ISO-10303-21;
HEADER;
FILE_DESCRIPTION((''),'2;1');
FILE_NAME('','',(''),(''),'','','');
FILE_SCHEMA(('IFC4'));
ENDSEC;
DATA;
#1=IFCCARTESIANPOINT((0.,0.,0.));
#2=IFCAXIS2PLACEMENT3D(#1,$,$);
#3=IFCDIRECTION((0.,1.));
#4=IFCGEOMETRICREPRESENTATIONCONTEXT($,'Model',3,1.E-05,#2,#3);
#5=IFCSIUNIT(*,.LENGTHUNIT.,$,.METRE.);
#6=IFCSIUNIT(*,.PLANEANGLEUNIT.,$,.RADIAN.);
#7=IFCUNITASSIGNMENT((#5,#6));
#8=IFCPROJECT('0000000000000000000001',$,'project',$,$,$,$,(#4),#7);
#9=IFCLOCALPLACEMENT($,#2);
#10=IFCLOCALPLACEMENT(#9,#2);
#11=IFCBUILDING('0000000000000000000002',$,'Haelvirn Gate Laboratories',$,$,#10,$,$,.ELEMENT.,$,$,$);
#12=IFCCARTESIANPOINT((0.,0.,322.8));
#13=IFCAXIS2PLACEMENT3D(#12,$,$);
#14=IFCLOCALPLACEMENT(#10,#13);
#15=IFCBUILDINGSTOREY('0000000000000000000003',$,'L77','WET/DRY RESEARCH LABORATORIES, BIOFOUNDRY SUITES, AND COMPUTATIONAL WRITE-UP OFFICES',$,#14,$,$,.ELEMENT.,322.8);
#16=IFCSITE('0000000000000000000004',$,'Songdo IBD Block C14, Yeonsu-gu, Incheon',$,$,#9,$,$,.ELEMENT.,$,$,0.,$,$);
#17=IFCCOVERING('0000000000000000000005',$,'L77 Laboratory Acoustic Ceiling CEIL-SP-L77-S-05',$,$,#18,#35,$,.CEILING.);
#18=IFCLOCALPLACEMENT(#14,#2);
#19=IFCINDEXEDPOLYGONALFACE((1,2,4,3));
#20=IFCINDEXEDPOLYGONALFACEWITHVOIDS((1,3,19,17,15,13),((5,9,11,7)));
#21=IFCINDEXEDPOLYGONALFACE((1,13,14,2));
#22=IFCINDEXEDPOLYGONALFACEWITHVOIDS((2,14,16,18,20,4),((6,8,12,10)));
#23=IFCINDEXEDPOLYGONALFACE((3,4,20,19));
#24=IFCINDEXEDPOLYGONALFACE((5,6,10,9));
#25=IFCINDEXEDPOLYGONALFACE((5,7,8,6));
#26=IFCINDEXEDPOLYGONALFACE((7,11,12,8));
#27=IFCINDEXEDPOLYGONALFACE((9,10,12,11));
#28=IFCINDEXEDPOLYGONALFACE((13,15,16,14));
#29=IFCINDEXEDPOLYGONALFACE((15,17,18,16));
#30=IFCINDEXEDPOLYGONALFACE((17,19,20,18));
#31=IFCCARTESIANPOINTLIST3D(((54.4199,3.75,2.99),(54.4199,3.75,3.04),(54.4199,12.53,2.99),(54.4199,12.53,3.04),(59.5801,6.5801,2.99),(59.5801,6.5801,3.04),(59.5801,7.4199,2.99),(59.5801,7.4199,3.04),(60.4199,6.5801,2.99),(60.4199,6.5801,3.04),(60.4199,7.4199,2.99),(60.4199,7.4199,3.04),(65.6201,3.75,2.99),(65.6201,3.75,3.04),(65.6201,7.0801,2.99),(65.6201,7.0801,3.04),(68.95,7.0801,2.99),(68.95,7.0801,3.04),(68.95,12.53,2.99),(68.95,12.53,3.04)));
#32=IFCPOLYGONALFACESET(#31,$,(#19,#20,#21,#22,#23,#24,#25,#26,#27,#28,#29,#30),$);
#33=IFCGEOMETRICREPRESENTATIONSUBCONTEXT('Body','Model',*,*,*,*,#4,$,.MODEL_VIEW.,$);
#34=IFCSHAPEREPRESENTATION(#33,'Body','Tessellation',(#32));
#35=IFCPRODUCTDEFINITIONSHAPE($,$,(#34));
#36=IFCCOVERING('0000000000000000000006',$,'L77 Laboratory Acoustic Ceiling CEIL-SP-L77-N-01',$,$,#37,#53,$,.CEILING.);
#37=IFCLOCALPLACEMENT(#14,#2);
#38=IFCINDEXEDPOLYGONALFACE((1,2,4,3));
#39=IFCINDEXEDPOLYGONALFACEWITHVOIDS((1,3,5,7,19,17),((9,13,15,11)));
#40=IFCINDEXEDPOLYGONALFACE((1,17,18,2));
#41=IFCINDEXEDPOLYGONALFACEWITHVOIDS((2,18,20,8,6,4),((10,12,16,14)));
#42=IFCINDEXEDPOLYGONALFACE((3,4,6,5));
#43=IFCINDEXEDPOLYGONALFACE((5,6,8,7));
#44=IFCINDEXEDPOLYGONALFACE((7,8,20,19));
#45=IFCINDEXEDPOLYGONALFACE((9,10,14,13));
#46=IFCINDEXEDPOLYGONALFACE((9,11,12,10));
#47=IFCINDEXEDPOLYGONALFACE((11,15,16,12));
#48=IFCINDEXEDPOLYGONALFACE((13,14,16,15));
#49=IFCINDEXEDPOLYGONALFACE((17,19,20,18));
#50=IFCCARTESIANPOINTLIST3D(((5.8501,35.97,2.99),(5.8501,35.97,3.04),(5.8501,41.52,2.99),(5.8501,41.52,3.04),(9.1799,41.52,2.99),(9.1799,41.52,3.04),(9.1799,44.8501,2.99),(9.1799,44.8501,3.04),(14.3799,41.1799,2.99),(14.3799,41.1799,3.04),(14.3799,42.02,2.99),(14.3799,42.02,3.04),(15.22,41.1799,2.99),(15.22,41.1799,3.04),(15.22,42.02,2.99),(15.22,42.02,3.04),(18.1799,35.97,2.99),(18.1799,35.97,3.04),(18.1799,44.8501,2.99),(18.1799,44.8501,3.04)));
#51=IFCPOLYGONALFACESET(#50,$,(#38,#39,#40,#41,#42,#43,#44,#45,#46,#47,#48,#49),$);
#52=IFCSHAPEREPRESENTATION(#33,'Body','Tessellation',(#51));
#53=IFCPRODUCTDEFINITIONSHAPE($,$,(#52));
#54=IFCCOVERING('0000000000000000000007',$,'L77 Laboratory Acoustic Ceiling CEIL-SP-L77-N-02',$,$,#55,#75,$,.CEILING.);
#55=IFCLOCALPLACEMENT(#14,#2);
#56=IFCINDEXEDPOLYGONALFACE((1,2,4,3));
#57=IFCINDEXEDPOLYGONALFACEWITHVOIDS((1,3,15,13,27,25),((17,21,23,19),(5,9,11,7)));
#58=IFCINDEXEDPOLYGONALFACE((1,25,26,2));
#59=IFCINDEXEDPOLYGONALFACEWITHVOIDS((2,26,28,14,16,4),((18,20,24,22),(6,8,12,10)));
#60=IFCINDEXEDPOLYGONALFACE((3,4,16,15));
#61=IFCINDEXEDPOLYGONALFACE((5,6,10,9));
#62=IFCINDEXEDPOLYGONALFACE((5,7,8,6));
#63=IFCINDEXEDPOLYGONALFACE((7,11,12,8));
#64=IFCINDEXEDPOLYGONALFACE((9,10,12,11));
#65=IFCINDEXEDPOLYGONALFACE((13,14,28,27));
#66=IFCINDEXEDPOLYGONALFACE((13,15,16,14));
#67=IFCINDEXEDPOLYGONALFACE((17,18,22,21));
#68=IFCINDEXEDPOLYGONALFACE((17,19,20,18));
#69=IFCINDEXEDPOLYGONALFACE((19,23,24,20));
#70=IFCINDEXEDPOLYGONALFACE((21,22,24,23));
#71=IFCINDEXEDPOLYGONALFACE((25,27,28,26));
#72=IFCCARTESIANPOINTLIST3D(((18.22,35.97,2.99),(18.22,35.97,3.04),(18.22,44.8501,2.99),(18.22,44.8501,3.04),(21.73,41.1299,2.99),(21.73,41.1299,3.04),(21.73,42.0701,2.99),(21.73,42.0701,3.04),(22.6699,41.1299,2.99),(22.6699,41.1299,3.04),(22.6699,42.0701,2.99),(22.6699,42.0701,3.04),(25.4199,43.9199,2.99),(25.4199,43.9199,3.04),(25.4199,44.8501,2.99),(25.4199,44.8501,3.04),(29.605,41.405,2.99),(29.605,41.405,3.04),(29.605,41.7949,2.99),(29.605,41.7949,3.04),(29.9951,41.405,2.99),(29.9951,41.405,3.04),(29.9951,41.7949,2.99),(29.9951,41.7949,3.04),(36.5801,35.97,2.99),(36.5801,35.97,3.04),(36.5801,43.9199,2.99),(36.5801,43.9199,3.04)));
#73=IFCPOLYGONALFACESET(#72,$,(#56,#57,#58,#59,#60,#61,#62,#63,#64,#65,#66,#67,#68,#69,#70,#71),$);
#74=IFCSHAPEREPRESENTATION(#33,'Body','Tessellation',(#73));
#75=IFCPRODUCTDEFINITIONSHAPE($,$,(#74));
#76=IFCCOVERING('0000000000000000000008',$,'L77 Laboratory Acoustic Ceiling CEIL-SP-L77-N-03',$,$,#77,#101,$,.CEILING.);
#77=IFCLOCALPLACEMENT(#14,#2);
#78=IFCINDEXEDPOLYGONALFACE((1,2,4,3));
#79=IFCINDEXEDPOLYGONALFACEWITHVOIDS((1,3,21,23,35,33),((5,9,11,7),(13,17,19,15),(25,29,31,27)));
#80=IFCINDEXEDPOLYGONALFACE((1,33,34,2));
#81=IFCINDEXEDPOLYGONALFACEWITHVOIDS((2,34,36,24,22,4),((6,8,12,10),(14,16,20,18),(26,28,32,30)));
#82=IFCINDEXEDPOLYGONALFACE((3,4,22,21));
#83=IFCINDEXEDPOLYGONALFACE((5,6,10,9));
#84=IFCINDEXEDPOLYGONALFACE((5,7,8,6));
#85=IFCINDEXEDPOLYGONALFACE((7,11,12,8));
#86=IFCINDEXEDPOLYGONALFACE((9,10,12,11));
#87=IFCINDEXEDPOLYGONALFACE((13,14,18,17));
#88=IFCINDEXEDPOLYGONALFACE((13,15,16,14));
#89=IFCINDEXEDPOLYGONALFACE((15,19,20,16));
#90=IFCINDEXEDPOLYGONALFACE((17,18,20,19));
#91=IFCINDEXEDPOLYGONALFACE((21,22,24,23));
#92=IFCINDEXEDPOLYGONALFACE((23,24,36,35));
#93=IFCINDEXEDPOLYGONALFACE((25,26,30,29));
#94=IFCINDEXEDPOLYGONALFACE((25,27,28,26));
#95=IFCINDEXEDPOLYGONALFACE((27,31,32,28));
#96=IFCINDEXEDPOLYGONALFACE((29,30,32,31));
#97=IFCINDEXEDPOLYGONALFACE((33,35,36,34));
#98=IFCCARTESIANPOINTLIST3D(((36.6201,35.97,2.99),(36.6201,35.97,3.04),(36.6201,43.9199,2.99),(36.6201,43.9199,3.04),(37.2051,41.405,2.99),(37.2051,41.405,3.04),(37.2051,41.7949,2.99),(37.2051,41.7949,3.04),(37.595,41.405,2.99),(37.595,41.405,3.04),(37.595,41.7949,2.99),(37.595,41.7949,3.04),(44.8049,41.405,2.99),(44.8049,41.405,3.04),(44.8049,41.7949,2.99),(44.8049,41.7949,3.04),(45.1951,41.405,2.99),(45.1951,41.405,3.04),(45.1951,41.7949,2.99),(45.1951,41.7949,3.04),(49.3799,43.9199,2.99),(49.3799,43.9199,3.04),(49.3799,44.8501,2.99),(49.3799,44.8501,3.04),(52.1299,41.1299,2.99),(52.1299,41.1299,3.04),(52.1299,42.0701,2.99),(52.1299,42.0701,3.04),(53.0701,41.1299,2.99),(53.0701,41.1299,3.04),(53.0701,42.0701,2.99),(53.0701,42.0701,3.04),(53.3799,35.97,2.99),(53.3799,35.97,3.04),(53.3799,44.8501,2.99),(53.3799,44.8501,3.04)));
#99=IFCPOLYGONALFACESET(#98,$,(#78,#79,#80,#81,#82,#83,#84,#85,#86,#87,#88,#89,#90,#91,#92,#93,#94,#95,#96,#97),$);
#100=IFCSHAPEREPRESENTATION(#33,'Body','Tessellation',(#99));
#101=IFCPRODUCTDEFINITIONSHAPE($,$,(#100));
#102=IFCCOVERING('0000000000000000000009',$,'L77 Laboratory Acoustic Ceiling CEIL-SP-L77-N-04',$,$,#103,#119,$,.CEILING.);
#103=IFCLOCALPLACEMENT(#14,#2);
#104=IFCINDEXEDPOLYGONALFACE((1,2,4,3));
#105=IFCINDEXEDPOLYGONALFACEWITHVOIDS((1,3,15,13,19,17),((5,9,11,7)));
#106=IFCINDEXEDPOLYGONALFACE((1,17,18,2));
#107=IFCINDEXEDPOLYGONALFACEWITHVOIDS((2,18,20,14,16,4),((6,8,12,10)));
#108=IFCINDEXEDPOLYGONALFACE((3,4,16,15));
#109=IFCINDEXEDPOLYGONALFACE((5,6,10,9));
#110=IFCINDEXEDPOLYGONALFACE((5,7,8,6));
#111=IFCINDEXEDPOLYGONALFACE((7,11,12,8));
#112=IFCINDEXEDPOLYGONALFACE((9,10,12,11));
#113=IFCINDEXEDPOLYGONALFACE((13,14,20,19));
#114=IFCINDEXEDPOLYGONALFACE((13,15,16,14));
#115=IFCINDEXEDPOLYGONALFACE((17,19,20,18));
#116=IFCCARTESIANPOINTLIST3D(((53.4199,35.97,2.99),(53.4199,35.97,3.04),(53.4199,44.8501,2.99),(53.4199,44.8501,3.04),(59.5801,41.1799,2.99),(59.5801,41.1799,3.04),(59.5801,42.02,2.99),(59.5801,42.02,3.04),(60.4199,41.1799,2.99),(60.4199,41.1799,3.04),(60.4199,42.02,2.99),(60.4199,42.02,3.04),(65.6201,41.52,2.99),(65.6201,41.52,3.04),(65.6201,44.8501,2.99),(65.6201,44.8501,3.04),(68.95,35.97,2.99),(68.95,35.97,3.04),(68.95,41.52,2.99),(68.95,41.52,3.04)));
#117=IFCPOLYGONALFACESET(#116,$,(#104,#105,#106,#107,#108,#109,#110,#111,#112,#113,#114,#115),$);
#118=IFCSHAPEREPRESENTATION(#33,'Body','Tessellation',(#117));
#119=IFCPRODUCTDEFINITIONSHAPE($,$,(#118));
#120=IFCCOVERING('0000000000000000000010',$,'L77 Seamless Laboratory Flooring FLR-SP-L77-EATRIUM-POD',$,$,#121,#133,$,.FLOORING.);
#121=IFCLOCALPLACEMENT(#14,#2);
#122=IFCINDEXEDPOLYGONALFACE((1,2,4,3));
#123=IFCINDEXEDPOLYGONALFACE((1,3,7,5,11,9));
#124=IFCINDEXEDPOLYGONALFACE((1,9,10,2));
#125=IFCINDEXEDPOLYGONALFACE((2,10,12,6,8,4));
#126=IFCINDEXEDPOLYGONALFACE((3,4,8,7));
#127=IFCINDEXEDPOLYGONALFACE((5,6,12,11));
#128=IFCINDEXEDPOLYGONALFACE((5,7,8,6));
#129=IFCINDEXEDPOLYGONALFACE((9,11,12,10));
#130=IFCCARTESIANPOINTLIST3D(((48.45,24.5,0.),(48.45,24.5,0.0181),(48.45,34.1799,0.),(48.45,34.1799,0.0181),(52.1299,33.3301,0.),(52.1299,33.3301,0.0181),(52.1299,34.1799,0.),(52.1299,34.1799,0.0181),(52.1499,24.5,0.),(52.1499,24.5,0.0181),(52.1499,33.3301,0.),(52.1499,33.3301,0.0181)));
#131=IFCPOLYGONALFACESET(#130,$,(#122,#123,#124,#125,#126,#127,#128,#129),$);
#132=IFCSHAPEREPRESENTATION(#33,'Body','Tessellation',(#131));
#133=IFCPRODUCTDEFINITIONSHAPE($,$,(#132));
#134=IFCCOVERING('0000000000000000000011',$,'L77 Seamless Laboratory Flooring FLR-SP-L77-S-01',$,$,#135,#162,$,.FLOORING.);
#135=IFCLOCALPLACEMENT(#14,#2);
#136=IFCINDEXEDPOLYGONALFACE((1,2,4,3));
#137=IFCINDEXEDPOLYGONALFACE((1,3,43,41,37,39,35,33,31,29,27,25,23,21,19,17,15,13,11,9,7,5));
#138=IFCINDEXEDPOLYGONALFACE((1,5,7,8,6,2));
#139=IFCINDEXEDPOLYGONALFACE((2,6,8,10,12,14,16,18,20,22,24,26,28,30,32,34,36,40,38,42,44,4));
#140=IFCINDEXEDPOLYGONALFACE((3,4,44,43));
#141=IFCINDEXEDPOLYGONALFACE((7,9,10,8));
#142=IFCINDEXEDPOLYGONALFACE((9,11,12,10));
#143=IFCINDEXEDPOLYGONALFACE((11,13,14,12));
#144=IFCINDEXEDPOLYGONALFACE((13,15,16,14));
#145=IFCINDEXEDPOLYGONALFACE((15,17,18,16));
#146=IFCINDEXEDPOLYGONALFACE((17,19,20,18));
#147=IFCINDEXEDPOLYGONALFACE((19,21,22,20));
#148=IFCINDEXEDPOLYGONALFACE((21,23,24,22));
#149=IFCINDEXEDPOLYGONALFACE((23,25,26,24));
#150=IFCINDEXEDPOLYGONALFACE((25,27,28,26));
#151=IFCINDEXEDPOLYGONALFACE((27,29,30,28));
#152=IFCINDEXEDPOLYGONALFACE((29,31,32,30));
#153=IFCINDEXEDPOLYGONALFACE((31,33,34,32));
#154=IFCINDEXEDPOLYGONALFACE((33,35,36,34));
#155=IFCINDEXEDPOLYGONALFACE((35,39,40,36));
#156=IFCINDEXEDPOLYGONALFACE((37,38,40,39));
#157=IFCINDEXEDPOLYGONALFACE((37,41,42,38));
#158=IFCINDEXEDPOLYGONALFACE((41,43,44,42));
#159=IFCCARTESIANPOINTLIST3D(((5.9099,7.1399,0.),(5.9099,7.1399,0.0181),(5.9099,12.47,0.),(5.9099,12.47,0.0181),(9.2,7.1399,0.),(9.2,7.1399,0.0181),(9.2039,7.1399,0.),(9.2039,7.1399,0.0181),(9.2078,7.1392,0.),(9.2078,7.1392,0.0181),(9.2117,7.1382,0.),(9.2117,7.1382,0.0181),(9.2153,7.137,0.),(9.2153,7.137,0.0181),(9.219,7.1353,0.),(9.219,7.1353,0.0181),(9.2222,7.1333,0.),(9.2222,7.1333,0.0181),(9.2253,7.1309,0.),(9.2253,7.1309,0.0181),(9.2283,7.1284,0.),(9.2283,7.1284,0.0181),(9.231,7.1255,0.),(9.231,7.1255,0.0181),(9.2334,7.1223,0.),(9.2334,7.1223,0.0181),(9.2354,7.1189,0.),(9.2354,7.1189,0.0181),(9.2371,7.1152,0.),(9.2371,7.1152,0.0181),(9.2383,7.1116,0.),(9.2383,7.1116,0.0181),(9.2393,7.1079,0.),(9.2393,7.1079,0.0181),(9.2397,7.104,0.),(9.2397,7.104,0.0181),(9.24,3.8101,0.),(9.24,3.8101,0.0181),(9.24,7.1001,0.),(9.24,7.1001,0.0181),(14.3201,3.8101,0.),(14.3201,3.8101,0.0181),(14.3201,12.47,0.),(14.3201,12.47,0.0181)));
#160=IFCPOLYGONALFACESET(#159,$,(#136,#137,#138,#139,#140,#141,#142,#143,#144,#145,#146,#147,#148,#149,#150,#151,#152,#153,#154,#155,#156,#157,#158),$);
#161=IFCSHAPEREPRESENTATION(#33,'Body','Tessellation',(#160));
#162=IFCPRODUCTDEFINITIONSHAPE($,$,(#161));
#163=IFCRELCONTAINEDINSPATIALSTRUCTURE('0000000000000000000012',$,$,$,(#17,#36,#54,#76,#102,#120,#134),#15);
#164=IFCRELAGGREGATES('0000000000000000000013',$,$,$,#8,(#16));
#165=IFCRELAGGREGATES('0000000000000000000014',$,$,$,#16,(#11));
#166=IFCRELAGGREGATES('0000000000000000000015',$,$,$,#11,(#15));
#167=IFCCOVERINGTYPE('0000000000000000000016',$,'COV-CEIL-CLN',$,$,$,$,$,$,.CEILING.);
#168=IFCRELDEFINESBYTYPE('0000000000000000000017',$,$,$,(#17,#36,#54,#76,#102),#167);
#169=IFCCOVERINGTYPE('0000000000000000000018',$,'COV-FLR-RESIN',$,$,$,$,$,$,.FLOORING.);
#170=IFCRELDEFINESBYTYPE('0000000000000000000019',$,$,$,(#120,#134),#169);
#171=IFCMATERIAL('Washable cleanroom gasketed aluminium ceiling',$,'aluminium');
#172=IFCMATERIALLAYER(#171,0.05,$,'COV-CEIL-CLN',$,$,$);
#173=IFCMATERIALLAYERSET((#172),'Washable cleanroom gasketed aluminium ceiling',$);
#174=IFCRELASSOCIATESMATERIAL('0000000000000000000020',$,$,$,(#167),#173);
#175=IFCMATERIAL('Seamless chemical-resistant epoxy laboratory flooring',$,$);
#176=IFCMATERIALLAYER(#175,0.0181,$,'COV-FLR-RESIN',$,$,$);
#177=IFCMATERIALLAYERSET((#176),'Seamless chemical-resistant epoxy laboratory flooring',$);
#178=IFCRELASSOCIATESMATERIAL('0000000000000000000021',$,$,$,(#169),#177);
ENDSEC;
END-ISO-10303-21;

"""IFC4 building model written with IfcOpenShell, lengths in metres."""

from ifc_helpers import new_model, si_unit, direction, frame, origin, place, context, subcontext, project, spatial, polyline, outline, extrude, material, layer, layer_set, type_object, element, save


model = new_model("IFC4")

# Units and contexts
model_context = context("Model", 3, precision=1e-05, world=origin(), true_north=direction((0.0, 1.0)))
body_context = subcontext(model_context, "Body", "Model", "MODEL_VIEW")
ifc_project = project(units=[si_unit("LENGTHUNIT", "METRE"), si_unit("PLANEANGLEUNIT", "RADIAN")], contexts=[model_context])

# Site, building, storey
site_placement = place(None, origin())
site = spatial("IfcSite", under=ifc_project, at=site_placement, Name="Songdo IBD Block C14, Yeonsu-gu, Incheon", CompositionType="ELEMENT", RefElevation=0.0)
building_placement = place(site_placement, origin())
building = spatial("IfcBuilding", under=site, at=building_placement, Name="Haelvirn Gate Laboratories", CompositionType="ELEMENT")
storey_placement = place(building_placement, frame((0.0, 0.0, 322.8)))
storey = spatial("IfcBuildingStorey", under=building, at=storey_placement, Name="L77", Description="WET/DRY RESEARCH LABORATORIES, BIOFOUNDRY SUITES, AND COMPUTATIONAL WRITE-UP OFFICES", CompositionType="ELEMENT", Elevation=322.8)

# Coverings
ifc_material_1 = material(Name="Washable cleanroom gasketed aluminium ceiling", Category="aluminium")
ifc_layer_1 = layer(ifc_material_1, 0.05, Name="COV-CEIL-CLN")
ifc_layer_set_1 = layer_set([ifc_layer_1], Name="Washable cleanroom gasketed aluminium ceiling")
covering_type_1 = type_object("IfcCoveringType", Name="COV-CEIL-CLN", PredefinedType="CEILING", material=ifc_layer_set_1)
covering_1_placement = place(storey_placement, frame((0.0, 0.0, 2.99)))
element("IfcCovering", 1, at=covering_1_placement, inside=storey, type_object=covering_type_1, Name="L77 Laboratory Acoustic Ceiling CEIL-SP-L77-S-05", PredefinedType="CEILING", context=body_context, shape_type="SweptSolid", body=[
    extrude(outline(polyline([(65.6201, 3.75), (54.4199, 3.75), (54.4199, 12.53), (68.95, 12.53), (68.95, 7.0801), (65.6201, 7.0801), (65.6201, 3.75)]), holes=[polyline([(60.4199, 7.4199), (59.5801, 7.4199), (59.5801, 6.5801), (60.4199, 6.5801), (60.4199, 7.4199)])]), origin(), (0.0, 0.0, 1.0), 0.05),
])
covering_2_placement = place(storey_placement, frame((0.0, 0.0, 2.99)))
element("IfcCovering", 2, at=covering_2_placement, inside=storey, type_object=covering_type_1, Name="L77 Laboratory Acoustic Ceiling CEIL-SP-L77-N-01", PredefinedType="CEILING", context=body_context, shape_type="SweptSolid", body=[
    extrude(outline(polyline([(5.8501, 41.52), (9.1799, 41.52), (9.1799, 44.8501), (18.1799, 44.8501), (18.1799, 35.97), (5.8501, 35.97), (5.8501, 41.52)]), holes=[polyline([(15.22, 42.02), (14.3799, 42.02), (14.3799, 41.1799), (15.22, 41.1799), (15.22, 42.02)])]), origin(), (0.0, 0.0, 1.0), 0.05),
])
covering_3_placement = place(storey_placement, frame((0.0, 0.0, 2.99)))
element("IfcCovering", 3, at=covering_3_placement, inside=storey, type_object=covering_type_1, Name="L77 Laboratory Acoustic Ceiling CEIL-SP-L77-N-02", PredefinedType="CEILING", context=body_context, shape_type="SweptSolid", body=[
    extrude(outline(polyline([(36.5801, 35.97), (18.22, 35.97), (18.22, 44.8501), (25.4199, 44.8501), (25.4199, 43.9199), (36.5801, 43.9199), (36.5801, 35.97)]), holes=[polyline([(21.73, 42.0701), (21.73, 41.1299), (22.6699, 41.1299), (22.6699, 42.0701), (21.73, 42.0701)]), polyline([(29.9951, 41.7949), (29.605, 41.7949), (29.605, 41.405), (29.9951, 41.405), (29.9951, 41.7949)])]), origin(), (0.0, 0.0, 1.0), 0.05),
])
covering_4_placement = place(storey_placement, frame((0.0, 0.0, 2.99)))
element("IfcCovering", 4, at=covering_4_placement, inside=storey, type_object=covering_type_1, Name="L77 Laboratory Acoustic Ceiling CEIL-SP-L77-N-03", PredefinedType="CEILING", context=body_context, shape_type="SweptSolid", body=[
    extrude(outline(polyline([(53.3799, 35.97), (36.6201, 35.97), (36.6201, 43.9199), (49.3799, 43.9199), (49.3799, 44.8501), (53.3799, 44.8501), (53.3799, 35.97)]), holes=[polyline([(52.1299, 41.1299), (53.0701, 41.1299), (53.0701, 42.0701), (52.1299, 42.0701), (52.1299, 41.1299)]), polyline([(37.2051, 41.7949), (37.2051, 41.405), (37.595, 41.405), (37.595, 41.7949), (37.2051, 41.7949)]), polyline([(45.1951, 41.7949), (44.8049, 41.7949), (44.8049, 41.405), (45.1951, 41.405), (45.1951, 41.7949)])]), origin(), (0.0, 0.0, 1.0), 0.05),
])
covering_5_placement = place(storey_placement, frame((0.0, 0.0, 2.99)))
element("IfcCovering", 5, at=covering_5_placement, inside=storey, type_object=covering_type_1, Name="L77 Laboratory Acoustic Ceiling CEIL-SP-L77-N-04", PredefinedType="CEILING", context=body_context, shape_type="SweptSolid", body=[
    extrude(outline(polyline([(65.6201, 44.8501), (65.6201, 41.52), (68.95, 41.52), (68.95, 35.97), (53.4199, 35.97), (53.4199, 44.8501), (65.6201, 44.8501)]), holes=[polyline([(60.4199, 42.02), (59.5801, 42.02), (59.5801, 41.1799), (60.4199, 41.1799), (60.4199, 42.02)])]), origin(), (0.0, 0.0, 1.0), 0.05),
])
ifc_material_2 = material(Name="Seamless chemical-resistant epoxy laboratory flooring")
ifc_layer_2 = layer(ifc_material_2, 0.0181, Name="COV-FLR-RESIN")
ifc_layer_set_2 = layer_set([ifc_layer_2], Name="Seamless chemical-resistant epoxy laboratory flooring")
covering_type_2 = type_object("IfcCoveringType", Name="COV-FLR-RESIN", PredefinedType="FLOORING", material=ifc_layer_set_2)
covering_6_placement = place(storey_placement, origin())
element("IfcCovering", 6, at=covering_6_placement, inside=storey, type_object=covering_type_2, Name="L77 Seamless Laboratory Flooring FLR-SP-L77-EATRIUM-POD", PredefinedType="FLOORING", context=body_context, shape_type="SweptSolid", body=[
    extrude(outline(polyline([(52.1299, 34.1799), (52.1299, 33.3301), (52.1499, 33.3301), (52.1499, 24.5), (48.45, 24.5), (48.45, 34.1799), (52.1299, 34.1799)])), origin(), (0.0, 0.0, 1.0), 0.0181),
])
covering_7_placement = place(storey_placement, origin())
element("IfcCovering", 7, at=covering_7_placement, inside=storey, type_object=covering_type_2, Name="L77 Seamless Laboratory Flooring FLR-SP-L77-S-01", PredefinedType="FLOORING", context=body_context, shape_type="SweptSolid", body=[
    extrude(outline(polyline([(14.3201, 12.47), (14.3201, 3.8101), (9.24, 3.8101), (9.24, 7.1001), (9.2397, 7.104), (9.2393, 7.1079), (9.2383, 7.1116), (9.2371, 7.1152), (9.2354, 7.1189), (9.2334, 7.1223), (9.231, 7.1255), (9.2283, 7.1284), (9.2253, 7.1309), (9.2222, 7.1333), (9.219, 7.1353), (9.2153, 7.137), (9.2117, 7.1382), (9.2078, 7.1392), (9.2039, 7.1399), (9.2, 7.1399), (5.9099, 7.1399), (5.9099, 12.47), (14.3201, 12.47)])), origin(), (0.0, 0.0, 1.0), 0.0181),
])

save(model, "model.ifc")
